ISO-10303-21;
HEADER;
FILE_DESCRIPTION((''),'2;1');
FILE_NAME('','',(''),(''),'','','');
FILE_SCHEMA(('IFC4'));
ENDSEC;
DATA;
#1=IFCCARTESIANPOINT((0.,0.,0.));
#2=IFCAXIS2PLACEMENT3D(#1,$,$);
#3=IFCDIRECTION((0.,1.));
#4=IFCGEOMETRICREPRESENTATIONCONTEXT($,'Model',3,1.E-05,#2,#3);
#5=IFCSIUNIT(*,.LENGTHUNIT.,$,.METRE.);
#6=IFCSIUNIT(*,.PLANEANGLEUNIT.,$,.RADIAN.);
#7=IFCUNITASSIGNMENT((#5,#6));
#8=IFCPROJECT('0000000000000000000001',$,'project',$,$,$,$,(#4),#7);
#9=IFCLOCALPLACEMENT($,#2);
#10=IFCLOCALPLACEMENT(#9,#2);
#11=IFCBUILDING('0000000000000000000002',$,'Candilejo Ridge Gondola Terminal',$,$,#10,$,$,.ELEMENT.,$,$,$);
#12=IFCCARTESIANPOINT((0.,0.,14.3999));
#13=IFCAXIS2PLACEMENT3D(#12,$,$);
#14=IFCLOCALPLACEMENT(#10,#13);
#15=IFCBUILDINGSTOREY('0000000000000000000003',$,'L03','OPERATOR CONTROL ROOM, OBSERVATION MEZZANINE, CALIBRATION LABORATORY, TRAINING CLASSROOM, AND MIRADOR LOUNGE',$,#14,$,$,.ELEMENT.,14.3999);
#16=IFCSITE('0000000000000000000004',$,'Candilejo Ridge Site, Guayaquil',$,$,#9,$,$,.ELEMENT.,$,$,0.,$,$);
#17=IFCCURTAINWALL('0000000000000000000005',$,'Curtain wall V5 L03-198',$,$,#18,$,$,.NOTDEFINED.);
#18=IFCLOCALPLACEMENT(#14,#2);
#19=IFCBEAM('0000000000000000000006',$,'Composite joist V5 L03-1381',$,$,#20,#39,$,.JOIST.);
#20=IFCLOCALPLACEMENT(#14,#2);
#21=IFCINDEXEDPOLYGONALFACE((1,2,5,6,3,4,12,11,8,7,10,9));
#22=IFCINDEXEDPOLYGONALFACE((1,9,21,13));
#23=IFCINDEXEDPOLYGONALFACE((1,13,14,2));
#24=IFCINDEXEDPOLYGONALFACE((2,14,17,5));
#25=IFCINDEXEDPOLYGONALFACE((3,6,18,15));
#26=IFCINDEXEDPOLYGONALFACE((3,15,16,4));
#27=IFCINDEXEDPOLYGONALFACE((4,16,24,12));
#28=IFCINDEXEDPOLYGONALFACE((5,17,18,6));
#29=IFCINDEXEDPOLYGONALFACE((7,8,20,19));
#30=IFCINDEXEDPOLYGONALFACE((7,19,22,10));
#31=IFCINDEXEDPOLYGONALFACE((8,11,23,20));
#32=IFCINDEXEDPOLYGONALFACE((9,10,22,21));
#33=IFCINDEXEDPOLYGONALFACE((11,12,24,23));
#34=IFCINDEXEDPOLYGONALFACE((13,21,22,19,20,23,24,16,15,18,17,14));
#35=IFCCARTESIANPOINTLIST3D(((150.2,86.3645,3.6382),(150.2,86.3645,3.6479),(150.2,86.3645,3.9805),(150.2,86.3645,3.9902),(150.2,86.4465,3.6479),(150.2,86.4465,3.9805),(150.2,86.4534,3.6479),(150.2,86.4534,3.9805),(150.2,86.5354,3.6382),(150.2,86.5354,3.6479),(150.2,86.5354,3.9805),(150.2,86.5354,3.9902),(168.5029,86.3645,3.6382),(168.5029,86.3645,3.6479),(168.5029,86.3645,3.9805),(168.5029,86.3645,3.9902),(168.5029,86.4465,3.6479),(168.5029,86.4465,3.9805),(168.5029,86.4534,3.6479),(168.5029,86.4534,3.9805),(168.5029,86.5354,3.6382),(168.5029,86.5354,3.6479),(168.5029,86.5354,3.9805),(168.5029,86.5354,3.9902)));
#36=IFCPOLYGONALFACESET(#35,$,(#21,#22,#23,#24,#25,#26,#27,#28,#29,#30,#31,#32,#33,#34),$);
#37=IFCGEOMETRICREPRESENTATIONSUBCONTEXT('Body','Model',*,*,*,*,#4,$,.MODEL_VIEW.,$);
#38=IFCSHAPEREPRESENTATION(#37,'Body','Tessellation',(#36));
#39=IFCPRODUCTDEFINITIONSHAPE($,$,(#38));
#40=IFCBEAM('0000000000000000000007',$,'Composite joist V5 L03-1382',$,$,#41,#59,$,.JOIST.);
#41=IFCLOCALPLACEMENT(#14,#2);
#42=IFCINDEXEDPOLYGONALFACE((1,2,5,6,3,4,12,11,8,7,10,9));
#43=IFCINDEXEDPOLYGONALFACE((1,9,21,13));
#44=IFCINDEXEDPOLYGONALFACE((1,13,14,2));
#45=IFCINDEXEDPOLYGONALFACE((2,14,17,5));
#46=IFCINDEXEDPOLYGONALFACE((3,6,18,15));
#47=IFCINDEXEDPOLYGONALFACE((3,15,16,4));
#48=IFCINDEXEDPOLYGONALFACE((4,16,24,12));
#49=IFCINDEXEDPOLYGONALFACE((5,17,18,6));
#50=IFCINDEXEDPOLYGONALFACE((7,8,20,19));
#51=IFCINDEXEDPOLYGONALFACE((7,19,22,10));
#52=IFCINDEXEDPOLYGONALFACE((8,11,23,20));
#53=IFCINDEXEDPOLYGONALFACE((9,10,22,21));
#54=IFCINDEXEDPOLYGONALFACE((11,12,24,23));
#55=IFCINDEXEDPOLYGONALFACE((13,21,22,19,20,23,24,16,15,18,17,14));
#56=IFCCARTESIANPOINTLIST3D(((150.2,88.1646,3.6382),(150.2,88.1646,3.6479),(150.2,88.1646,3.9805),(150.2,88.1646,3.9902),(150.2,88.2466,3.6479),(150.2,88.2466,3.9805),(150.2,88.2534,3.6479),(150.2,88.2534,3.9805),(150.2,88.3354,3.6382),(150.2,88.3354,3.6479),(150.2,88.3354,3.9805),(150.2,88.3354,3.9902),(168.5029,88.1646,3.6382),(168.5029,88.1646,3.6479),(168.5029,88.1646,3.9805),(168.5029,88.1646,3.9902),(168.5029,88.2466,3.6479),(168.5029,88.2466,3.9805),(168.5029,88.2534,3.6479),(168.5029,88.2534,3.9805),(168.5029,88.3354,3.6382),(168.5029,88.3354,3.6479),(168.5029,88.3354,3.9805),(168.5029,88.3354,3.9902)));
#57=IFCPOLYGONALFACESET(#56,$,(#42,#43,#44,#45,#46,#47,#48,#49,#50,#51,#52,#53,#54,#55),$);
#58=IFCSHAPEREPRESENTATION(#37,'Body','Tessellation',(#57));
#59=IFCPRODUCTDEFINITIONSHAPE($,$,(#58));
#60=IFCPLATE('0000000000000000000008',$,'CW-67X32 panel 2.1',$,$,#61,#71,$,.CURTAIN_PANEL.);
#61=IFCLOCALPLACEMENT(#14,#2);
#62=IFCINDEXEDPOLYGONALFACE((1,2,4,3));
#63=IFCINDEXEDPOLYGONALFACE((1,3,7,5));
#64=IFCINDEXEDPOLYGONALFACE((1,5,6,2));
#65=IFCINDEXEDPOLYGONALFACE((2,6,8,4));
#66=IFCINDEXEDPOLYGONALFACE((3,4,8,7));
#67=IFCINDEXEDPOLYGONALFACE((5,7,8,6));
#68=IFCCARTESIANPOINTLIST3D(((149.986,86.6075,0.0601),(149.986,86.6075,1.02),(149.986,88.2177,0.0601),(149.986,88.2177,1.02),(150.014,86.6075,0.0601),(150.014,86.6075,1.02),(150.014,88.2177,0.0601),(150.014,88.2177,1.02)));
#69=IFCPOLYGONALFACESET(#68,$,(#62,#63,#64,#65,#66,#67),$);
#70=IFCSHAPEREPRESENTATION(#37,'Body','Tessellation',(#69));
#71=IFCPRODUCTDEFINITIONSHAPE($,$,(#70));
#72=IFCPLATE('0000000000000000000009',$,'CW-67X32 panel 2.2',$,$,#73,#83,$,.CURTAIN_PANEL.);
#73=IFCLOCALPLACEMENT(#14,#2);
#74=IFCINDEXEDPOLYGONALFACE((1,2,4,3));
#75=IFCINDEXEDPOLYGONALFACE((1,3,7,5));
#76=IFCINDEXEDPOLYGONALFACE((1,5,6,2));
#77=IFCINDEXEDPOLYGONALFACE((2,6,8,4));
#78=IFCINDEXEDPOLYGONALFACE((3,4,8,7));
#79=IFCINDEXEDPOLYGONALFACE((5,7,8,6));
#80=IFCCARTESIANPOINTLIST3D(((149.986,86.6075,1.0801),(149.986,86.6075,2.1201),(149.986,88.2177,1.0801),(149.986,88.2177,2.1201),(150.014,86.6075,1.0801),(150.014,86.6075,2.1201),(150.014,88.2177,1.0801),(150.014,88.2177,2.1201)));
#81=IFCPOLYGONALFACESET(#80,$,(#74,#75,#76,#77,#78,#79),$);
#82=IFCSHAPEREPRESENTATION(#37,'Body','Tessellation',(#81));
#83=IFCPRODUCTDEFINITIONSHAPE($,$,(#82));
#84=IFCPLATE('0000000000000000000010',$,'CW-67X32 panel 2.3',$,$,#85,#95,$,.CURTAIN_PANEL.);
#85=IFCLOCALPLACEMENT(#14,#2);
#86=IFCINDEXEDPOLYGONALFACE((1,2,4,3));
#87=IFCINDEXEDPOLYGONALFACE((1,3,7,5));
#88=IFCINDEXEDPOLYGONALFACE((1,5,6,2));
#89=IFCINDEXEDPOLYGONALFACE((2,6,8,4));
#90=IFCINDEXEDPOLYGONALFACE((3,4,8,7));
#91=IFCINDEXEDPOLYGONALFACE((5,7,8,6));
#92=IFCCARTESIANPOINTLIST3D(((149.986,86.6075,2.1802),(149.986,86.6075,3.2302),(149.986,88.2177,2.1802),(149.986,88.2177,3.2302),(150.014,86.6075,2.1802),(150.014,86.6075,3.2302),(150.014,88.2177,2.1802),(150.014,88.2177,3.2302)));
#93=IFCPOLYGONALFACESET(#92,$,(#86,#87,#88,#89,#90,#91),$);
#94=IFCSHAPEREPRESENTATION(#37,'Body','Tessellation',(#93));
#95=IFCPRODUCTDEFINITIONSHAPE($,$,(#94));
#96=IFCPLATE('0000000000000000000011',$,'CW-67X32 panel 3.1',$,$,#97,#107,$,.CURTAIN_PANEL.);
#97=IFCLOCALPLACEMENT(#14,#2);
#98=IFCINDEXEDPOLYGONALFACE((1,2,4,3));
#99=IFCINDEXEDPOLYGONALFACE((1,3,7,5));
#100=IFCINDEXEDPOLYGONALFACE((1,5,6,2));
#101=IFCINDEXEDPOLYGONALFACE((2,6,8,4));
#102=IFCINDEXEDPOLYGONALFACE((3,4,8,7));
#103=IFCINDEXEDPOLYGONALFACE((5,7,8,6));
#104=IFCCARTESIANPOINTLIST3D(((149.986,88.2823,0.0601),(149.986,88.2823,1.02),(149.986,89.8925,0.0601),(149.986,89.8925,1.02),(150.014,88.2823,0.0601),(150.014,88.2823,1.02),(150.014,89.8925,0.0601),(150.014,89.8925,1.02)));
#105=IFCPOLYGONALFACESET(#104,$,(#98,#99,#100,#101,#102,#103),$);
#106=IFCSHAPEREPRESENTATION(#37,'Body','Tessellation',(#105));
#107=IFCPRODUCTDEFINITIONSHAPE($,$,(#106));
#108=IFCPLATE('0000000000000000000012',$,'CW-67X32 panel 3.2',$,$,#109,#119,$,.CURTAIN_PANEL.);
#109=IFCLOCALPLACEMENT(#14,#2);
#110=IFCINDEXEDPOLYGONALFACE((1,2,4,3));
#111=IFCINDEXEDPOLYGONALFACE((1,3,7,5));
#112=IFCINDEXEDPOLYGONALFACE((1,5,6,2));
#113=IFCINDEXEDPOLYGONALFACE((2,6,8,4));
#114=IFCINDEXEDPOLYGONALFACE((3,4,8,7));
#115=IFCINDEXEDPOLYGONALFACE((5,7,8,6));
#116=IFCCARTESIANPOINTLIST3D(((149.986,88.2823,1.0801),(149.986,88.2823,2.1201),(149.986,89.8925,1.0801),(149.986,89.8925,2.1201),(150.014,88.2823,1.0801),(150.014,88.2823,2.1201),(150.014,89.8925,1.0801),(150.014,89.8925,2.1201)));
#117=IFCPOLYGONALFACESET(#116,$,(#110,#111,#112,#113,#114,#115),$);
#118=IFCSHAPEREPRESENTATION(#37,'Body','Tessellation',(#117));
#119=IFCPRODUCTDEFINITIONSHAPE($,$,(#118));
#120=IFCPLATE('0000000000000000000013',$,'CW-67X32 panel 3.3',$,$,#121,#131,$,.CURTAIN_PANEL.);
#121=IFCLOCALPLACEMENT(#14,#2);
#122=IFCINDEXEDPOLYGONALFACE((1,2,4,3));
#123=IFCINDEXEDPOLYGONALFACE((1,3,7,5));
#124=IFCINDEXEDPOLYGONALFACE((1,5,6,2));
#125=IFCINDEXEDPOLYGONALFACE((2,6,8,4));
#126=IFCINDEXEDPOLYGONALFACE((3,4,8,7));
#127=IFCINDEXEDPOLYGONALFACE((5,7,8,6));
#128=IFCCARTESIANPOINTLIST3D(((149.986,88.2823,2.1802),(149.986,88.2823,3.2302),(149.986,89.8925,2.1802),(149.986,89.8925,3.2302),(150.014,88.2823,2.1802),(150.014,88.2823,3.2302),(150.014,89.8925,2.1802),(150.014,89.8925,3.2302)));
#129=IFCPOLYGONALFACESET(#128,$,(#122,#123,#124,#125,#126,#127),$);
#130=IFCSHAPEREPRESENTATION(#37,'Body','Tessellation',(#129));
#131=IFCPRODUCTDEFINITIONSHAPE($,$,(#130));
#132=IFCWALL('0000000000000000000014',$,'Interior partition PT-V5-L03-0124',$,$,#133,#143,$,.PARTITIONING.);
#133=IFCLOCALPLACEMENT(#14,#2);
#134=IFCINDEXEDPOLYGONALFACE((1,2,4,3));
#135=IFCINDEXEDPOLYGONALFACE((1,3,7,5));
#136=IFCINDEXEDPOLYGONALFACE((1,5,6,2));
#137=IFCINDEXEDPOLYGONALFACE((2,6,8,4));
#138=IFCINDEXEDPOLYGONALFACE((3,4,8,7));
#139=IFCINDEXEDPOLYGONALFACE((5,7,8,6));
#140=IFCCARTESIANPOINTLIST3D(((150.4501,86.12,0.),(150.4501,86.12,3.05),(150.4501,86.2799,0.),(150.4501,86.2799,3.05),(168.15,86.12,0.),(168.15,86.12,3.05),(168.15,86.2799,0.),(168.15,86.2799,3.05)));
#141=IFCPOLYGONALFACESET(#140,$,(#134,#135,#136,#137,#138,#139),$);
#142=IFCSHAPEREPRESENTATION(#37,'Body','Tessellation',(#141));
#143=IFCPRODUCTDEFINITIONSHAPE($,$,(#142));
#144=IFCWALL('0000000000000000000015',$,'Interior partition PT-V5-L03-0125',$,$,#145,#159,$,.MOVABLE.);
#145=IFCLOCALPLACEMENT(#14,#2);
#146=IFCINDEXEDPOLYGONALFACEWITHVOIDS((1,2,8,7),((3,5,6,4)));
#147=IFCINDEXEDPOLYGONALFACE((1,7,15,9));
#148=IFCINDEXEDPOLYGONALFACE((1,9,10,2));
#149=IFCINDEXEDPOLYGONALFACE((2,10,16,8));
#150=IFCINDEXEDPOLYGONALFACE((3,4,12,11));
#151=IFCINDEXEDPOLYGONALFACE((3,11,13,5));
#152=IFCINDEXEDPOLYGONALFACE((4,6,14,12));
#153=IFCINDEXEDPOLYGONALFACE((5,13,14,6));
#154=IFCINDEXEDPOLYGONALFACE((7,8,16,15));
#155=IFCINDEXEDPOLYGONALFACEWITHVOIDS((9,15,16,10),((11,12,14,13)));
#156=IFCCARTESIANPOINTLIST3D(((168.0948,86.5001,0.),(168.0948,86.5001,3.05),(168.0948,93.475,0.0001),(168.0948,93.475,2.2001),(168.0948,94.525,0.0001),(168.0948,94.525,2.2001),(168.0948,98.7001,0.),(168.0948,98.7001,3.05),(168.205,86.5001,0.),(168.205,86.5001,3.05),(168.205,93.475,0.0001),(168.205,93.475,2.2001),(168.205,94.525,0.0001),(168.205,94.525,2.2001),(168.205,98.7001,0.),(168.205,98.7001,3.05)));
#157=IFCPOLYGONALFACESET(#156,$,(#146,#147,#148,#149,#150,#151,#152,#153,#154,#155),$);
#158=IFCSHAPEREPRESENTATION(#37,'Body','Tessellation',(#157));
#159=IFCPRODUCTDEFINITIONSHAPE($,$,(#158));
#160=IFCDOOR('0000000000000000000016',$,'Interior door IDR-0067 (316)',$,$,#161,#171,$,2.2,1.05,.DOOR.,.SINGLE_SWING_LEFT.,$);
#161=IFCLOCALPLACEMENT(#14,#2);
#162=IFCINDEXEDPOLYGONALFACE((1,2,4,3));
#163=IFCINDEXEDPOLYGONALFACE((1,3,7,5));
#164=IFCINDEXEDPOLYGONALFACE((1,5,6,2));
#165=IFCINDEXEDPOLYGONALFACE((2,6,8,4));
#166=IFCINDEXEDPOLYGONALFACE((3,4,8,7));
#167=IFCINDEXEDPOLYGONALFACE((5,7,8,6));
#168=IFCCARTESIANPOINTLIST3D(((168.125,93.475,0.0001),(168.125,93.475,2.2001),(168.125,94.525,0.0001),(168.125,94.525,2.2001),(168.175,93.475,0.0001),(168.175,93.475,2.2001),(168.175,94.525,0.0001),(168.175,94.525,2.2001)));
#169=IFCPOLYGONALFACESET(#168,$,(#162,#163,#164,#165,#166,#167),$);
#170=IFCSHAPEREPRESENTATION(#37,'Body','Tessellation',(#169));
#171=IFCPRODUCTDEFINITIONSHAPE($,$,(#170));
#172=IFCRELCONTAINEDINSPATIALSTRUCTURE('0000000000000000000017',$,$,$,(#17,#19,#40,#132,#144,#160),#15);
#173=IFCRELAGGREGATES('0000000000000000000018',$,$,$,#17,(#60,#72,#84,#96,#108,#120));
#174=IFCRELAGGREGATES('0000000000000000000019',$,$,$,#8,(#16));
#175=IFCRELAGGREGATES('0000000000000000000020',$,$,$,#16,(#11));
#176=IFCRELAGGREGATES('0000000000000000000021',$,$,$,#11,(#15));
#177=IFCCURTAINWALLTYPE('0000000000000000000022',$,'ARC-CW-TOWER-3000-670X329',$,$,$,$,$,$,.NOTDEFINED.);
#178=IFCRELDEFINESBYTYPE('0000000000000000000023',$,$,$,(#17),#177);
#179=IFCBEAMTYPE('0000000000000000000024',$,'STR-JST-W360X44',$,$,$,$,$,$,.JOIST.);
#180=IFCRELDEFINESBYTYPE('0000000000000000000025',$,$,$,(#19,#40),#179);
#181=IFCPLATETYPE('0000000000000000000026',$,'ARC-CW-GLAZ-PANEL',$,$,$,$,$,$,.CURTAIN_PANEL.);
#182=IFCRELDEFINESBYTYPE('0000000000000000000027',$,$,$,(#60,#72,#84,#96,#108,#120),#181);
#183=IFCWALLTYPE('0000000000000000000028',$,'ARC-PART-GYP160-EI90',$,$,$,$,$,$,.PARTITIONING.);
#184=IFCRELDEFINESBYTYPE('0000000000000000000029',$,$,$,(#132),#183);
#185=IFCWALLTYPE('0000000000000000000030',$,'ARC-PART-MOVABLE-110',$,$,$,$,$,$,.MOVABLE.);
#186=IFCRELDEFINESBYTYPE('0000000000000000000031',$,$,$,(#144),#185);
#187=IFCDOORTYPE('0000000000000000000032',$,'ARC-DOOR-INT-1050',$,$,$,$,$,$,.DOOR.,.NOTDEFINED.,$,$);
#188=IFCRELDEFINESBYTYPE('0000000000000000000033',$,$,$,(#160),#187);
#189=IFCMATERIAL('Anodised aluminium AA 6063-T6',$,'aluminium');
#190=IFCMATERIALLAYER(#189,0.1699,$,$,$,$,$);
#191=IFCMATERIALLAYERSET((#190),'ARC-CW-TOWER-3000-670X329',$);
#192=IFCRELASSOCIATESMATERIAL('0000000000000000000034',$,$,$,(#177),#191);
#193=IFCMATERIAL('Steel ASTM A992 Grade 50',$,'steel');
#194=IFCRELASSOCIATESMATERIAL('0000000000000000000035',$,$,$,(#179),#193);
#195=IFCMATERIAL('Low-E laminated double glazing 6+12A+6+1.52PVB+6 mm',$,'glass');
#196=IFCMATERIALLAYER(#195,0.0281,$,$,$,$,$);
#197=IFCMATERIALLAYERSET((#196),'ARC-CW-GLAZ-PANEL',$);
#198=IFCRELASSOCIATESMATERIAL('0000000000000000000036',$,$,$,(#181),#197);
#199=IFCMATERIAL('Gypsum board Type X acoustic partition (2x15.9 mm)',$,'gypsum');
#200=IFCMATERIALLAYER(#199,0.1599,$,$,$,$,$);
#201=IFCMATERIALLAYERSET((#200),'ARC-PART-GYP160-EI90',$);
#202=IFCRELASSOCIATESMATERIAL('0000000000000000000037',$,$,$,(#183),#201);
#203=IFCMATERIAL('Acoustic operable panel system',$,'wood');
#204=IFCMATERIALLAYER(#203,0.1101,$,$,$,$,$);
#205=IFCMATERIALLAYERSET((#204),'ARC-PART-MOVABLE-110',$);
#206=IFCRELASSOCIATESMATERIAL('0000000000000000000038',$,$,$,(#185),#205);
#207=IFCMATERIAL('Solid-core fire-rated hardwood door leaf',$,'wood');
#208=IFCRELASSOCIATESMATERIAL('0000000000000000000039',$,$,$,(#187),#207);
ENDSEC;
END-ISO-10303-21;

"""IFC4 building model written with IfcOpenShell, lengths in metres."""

from ifc_helpers import new_model, si_unit, direction, frame, frame_2d, origin, origin_2d, place, context, subcontext, project, spatial, rectangle, i_section, extrude, material, layer, layer_set, material_profile, profile_set, type_object, element, fill, aggregate, save


model = new_model("IFC4")

# Units and contexts
model_context = context("Model", 3, precision=1e-05, world=origin(), true_north=direction((0.0, 1.0)))
body_context = subcontext(model_context, "Body", "Model", "MODEL_VIEW")
ifc_project = project(units=[si_unit("LENGTHUNIT", "METRE"), si_unit("PLANEANGLEUNIT", "RADIAN")], contexts=[model_context])

# Site, building, storey
site_placement = place(None, origin())
site = spatial("IfcSite", under=ifc_project, at=site_placement, Name="Candilejo Ridge Site, Guayaquil", CompositionType="ELEMENT", RefElevation=0.0)
building_placement = place(site_placement, origin())
building = spatial("IfcBuilding", under=site, at=building_placement, Name="Candilejo Ridge Gondola Terminal", CompositionType="ELEMENT")
storey_placement = place(building_placement, frame((0.0, 0.0, 14.3999)))
storey = spatial("IfcBuildingStorey", under=building, at=storey_placement, Name="L03", Description="OPERATOR CONTROL ROOM, OBSERVATION MEZZANINE, CALIBRATION LABORATORY, TRAINING CLASSROOM, AND MIRADOR LOUNGE", CompositionType="ELEMENT", Elevation=14.3999)

# Curtain wall
ifc_material_1 = material(Name="Anodised aluminium AA 6063-T6", Category="aluminium")
ifc_layer_1 = layer(ifc_material_1, 0.1699)
ifc_layer_set_1 = layer_set([ifc_layer_1], Name="ARC-CW-TOWER-3000-670X329")
curtain_wall_type = type_object("IfcCurtainWallType", Name="ARC-CW-TOWER-3000-670X329", PredefinedType="NOTDEFINED", material=ifc_layer_set_1)
curtain_wall_placement = place(storey_placement, origin())
curtain_wall = element("IfcCurtainWall", 1, at=curtain_wall_placement, inside=storey, type_object=curtain_wall_type, Name="Curtain wall V5 L03-198", PredefinedType="NOTDEFINED")

# Beams
ifc_material_2 = material(Name="Steel ASTM A992 Grade 50", Category="steel")
ifc_material_profile_1 = material_profile(ifc_material_2, i_section(OverallWidth=0.1709, OverallDepth=0.3521, WebThickness=0.0068, FlangeThickness=0.0098, at=origin_2d()))
ifc_profile_set_1 = profile_set([ifc_material_profile_1], Name="Steel ASTM A992 Grade 50")
beam_type_1 = type_object("IfcBeamType", Name="STR-JST-W360X44", PredefinedType="JOIST", material=ifc_profile_set_1)
for number, where, z_axis, x_axis, name in (
    (2, (150.2, 86.45, 3.8142), (1.0, 0.0, 0.0), (0.0, 1.0, 0.0), "Composite joist V5 L03-1381"),
    (3, (150.2, 88.25, 3.8142), (1.0, 0.0, 0.0), (0.0, 1.0, 0.0), "Composite joist V5 L03-1382"),
):
    element("IfcBeam", number, at=place(storey_placement, frame(where, z_axis=z_axis, x_axis=x_axis)), inside=storey, type_object=beam_type_1, Name=name, PredefinedType="JOIST", context=body_context, shape_type="SweptSolid", body=[
        extrude(i_section(OverallWidth=0.1709, OverallDepth=0.3521, WebThickness=0.0068, FlangeThickness=0.0098, at=origin_2d()), origin(), (0.0, 0.0, 1.0), 18.303),
    ])

# Plates
ifc_material_3 = material(Name="Low-E laminated double glazing 6+12A+6+1.52PVB+6 mm", Category="glass")
ifc_layer_2 = layer(ifc_material_3, 0.0281)
ifc_layer_set_2 = layer_set([ifc_layer_2], Name="ARC-CW-GLAZ-PANEL")
plate_type = type_object("IfcPlateType", Name="ARC-CW-GLAZ-PANEL", PredefinedType="CURTAIN_PANEL", material=ifc_layer_set_2)
plate_1_placement = place(storey_placement, frame((150.0, 87.4126, 0.0601), z_axis=(0.0, 0.0, 1.0), x_axis=(0.0, 1.0, 0.0)))
plate_1 = element("IfcPlate", 4, at=plate_1_placement, type_object=plate_type, Name="CW-67X32 panel 2.1", PredefinedType="CURTAIN_PANEL", context=body_context, shape_type="SweptSolid", body=[
    extrude(rectangle(XDim=1.6101, YDim=0.0281, at=origin_2d()), origin(), (0.0, 0.0, 1.0), 0.96),
])
plate_2_placement = place(storey_placement, frame((150.0, 87.4126, 1.0801), z_axis=(0.0, 0.0, 1.0), x_axis=(0.0, 1.0, 0.0)))
plate_2 = element("IfcPlate", 5, at=plate_2_placement, type_object=plate_type, Name="CW-67X32 panel 2.2", PredefinedType="CURTAIN_PANEL", context=body_context, shape_type="SweptSolid", body=[
    extrude(rectangle(XDim=1.6101, YDim=0.0281, at=origin_2d()), origin(), (0.0, 0.0, 1.0), 1.04),
])
plate_3_placement = place(storey_placement, frame((150.0, 87.4126, 2.1802), z_axis=(0.0, 0.0, 1.0), x_axis=(0.0, 1.0, 0.0)))
plate_3 = element("IfcPlate", 6, at=plate_3_placement, type_object=plate_type, Name="CW-67X32 panel 2.3", PredefinedType="CURTAIN_PANEL", context=body_context, shape_type="SweptSolid", body=[
    extrude(rectangle(XDim=1.6101, YDim=0.0281, at=origin_2d()), origin(), (0.0, 0.0, 1.0), 1.05),
])
plate_4_placement = place(storey_placement, frame((150.0, 89.0874, 0.0601), z_axis=(0.0, 0.0, 1.0), x_axis=(0.0, 1.0, 0.0)))
plate_4 = element("IfcPlate", 7, at=plate_4_placement, type_object=plate_type, Name="CW-67X32 panel 3.1", PredefinedType="CURTAIN_PANEL", context=body_context, shape_type="SweptSolid", body=[
    extrude(rectangle(XDim=1.6101, YDim=0.0281, at=origin_2d()), origin(), (0.0, 0.0, 1.0), 0.96),
])
plate_5_placement = place(storey_placement, frame((150.0, 89.0874, 1.0801), z_axis=(0.0, 0.0, 1.0), x_axis=(0.0, 1.0, 0.0)))
plate_5 = element("IfcPlate", 8, at=plate_5_placement, type_object=plate_type, Name="CW-67X32 panel 3.2", PredefinedType="CURTAIN_PANEL", context=body_context, shape_type="SweptSolid", body=[
    extrude(rectangle(XDim=1.6101, YDim=0.0281, at=origin_2d()), origin(), (0.0, 0.0, 1.0), 1.04),
])
plate_6_placement = place(storey_placement, frame((150.0, 89.0874, 2.1802), z_axis=(0.0, 0.0, 1.0), x_axis=(0.0, 1.0, 0.0)))
plate_6 = element("IfcPlate", 9, at=plate_6_placement, type_object=plate_type, Name="CW-67X32 panel 3.3", PredefinedType="CURTAIN_PANEL", context=body_context, shape_type="SweptSolid", body=[
    extrude(rectangle(XDim=1.6101, YDim=0.0281, at=origin_2d()), origin(), (0.0, 0.0, 1.0), 1.05),
])
aggregate(curtain_wall, [plate_1, plate_2, plate_3, plate_4, plate_5, plate_6])

# Wall
ifc_material_4 = material(Name="Gypsum board Type X acoustic partition (2x15.9 mm)", Category="gypsum")
ifc_layer_3 = layer(ifc_material_4, 0.1599)
ifc_layer_set_3 = layer_set([ifc_layer_3], Name="ARC-PART-GYP160-EI90")
wall_type_1 = type_object("IfcWallType", Name="ARC-PART-GYP160-EI90", PredefinedType="PARTITIONING", material=ifc_layer_set_3)
wall_1_placement = place(storey_placement, frame((150.45, 86.2, 0.0), z_axis=(0.0, 0.0, 1.0), x_axis=(1.0, 0.0, 0.0)))
element("IfcWall", 10, at=wall_1_placement, inside=storey, type_object=wall_type_1, Name="Interior partition PT-V5-L03-0124", PredefinedType="PARTITIONING", context=body_context, shape_type="SweptSolid", body=[
    extrude(rectangle(XDim=17.7, YDim=0.1599, at=frame_2d((8.8501, 0.0))), origin(), (0.0, 0.0, 1.0), 3.05),
])

# Wall, opening, door
ifc_material_5 = material(Name="Acoustic operable panel system", Category="wood")
ifc_layer_4 = layer(ifc_material_5, 0.1101)
ifc_layer_set_4 = layer_set([ifc_layer_4], Name="ARC-PART-MOVABLE-110")
wall_type_2 = type_object("IfcWallType", Name="ARC-PART-MOVABLE-110", PredefinedType="MOVABLE", material=ifc_layer_set_4)
wall_2_placement = place(storey_placement, frame((168.1499, 86.5, 0.0), z_axis=(0.0, 0.0, 1.0), x_axis=(0.0, 1.0, 0.0)))
wall_2 = element("IfcWall", 11, at=wall_2_placement, inside=storey, type_object=wall_type_2, Name="Interior partition PT-V5-L03-0125", PredefinedType="MOVABLE", context=body_context, shape_type="SweptSolid", body=[
    extrude(rectangle(XDim=12.2, YDim=0.1101, at=frame_2d((6.1001, 0.0))), origin(), (0.0, 0.0, 1.0), 3.05),
])
opening_placement = place(wall_2_placement, frame((6.9751, 0.0, 0.0)))
opening = element("IfcOpeningElement", 12, at=opening_placement, cuts=wall_2, PredefinedType="OPENING", context=body_context, shape_type="SweptSolid", body=[
    extrude(rectangle(XDim=1.05, YDim=2.2, at=frame_2d((0.5249, 1.1001))), frame((0.0, 0.0649, 0.0), z_axis=(0.0, -1.0, 0.0), x_axis=(1.0, 0.0, 0.0)), (0.0, 0.0, 1.0), 0.1301),
])
ifc_material_6 = material(Name="Solid-core fire-rated hardwood door leaf", Category="wood")
door_type = type_object("IfcDoorType", Name="ARC-DOOR-INT-1050", OperationType="NOTDEFINED", PredefinedType="DOOR", material=ifc_material_6)
door_placement = place(opening_placement, origin())
door = element("IfcDoor", 13, at=door_placement, inside=storey, type_object=door_type, Name="Interior door IDR-0067 (316)", OperationType="SINGLE_SWING_LEFT", OverallHeight=2.2, OverallWidth=1.05, PredefinedType="DOOR", context=body_context, shape_type="SweptSolid", body=[
    extrude(rectangle(XDim=1.05, YDim=2.2, at=frame_2d((0.5249, 1.1001))), frame((0.0, 0.0249, 0.0), z_axis=(0.0, -1.0, 0.0), x_axis=(1.0, 0.0, 0.0)), (0.0, 0.0, 1.0), 0.05),
])
fill(opening, door)

save(model, "model.ifc")
